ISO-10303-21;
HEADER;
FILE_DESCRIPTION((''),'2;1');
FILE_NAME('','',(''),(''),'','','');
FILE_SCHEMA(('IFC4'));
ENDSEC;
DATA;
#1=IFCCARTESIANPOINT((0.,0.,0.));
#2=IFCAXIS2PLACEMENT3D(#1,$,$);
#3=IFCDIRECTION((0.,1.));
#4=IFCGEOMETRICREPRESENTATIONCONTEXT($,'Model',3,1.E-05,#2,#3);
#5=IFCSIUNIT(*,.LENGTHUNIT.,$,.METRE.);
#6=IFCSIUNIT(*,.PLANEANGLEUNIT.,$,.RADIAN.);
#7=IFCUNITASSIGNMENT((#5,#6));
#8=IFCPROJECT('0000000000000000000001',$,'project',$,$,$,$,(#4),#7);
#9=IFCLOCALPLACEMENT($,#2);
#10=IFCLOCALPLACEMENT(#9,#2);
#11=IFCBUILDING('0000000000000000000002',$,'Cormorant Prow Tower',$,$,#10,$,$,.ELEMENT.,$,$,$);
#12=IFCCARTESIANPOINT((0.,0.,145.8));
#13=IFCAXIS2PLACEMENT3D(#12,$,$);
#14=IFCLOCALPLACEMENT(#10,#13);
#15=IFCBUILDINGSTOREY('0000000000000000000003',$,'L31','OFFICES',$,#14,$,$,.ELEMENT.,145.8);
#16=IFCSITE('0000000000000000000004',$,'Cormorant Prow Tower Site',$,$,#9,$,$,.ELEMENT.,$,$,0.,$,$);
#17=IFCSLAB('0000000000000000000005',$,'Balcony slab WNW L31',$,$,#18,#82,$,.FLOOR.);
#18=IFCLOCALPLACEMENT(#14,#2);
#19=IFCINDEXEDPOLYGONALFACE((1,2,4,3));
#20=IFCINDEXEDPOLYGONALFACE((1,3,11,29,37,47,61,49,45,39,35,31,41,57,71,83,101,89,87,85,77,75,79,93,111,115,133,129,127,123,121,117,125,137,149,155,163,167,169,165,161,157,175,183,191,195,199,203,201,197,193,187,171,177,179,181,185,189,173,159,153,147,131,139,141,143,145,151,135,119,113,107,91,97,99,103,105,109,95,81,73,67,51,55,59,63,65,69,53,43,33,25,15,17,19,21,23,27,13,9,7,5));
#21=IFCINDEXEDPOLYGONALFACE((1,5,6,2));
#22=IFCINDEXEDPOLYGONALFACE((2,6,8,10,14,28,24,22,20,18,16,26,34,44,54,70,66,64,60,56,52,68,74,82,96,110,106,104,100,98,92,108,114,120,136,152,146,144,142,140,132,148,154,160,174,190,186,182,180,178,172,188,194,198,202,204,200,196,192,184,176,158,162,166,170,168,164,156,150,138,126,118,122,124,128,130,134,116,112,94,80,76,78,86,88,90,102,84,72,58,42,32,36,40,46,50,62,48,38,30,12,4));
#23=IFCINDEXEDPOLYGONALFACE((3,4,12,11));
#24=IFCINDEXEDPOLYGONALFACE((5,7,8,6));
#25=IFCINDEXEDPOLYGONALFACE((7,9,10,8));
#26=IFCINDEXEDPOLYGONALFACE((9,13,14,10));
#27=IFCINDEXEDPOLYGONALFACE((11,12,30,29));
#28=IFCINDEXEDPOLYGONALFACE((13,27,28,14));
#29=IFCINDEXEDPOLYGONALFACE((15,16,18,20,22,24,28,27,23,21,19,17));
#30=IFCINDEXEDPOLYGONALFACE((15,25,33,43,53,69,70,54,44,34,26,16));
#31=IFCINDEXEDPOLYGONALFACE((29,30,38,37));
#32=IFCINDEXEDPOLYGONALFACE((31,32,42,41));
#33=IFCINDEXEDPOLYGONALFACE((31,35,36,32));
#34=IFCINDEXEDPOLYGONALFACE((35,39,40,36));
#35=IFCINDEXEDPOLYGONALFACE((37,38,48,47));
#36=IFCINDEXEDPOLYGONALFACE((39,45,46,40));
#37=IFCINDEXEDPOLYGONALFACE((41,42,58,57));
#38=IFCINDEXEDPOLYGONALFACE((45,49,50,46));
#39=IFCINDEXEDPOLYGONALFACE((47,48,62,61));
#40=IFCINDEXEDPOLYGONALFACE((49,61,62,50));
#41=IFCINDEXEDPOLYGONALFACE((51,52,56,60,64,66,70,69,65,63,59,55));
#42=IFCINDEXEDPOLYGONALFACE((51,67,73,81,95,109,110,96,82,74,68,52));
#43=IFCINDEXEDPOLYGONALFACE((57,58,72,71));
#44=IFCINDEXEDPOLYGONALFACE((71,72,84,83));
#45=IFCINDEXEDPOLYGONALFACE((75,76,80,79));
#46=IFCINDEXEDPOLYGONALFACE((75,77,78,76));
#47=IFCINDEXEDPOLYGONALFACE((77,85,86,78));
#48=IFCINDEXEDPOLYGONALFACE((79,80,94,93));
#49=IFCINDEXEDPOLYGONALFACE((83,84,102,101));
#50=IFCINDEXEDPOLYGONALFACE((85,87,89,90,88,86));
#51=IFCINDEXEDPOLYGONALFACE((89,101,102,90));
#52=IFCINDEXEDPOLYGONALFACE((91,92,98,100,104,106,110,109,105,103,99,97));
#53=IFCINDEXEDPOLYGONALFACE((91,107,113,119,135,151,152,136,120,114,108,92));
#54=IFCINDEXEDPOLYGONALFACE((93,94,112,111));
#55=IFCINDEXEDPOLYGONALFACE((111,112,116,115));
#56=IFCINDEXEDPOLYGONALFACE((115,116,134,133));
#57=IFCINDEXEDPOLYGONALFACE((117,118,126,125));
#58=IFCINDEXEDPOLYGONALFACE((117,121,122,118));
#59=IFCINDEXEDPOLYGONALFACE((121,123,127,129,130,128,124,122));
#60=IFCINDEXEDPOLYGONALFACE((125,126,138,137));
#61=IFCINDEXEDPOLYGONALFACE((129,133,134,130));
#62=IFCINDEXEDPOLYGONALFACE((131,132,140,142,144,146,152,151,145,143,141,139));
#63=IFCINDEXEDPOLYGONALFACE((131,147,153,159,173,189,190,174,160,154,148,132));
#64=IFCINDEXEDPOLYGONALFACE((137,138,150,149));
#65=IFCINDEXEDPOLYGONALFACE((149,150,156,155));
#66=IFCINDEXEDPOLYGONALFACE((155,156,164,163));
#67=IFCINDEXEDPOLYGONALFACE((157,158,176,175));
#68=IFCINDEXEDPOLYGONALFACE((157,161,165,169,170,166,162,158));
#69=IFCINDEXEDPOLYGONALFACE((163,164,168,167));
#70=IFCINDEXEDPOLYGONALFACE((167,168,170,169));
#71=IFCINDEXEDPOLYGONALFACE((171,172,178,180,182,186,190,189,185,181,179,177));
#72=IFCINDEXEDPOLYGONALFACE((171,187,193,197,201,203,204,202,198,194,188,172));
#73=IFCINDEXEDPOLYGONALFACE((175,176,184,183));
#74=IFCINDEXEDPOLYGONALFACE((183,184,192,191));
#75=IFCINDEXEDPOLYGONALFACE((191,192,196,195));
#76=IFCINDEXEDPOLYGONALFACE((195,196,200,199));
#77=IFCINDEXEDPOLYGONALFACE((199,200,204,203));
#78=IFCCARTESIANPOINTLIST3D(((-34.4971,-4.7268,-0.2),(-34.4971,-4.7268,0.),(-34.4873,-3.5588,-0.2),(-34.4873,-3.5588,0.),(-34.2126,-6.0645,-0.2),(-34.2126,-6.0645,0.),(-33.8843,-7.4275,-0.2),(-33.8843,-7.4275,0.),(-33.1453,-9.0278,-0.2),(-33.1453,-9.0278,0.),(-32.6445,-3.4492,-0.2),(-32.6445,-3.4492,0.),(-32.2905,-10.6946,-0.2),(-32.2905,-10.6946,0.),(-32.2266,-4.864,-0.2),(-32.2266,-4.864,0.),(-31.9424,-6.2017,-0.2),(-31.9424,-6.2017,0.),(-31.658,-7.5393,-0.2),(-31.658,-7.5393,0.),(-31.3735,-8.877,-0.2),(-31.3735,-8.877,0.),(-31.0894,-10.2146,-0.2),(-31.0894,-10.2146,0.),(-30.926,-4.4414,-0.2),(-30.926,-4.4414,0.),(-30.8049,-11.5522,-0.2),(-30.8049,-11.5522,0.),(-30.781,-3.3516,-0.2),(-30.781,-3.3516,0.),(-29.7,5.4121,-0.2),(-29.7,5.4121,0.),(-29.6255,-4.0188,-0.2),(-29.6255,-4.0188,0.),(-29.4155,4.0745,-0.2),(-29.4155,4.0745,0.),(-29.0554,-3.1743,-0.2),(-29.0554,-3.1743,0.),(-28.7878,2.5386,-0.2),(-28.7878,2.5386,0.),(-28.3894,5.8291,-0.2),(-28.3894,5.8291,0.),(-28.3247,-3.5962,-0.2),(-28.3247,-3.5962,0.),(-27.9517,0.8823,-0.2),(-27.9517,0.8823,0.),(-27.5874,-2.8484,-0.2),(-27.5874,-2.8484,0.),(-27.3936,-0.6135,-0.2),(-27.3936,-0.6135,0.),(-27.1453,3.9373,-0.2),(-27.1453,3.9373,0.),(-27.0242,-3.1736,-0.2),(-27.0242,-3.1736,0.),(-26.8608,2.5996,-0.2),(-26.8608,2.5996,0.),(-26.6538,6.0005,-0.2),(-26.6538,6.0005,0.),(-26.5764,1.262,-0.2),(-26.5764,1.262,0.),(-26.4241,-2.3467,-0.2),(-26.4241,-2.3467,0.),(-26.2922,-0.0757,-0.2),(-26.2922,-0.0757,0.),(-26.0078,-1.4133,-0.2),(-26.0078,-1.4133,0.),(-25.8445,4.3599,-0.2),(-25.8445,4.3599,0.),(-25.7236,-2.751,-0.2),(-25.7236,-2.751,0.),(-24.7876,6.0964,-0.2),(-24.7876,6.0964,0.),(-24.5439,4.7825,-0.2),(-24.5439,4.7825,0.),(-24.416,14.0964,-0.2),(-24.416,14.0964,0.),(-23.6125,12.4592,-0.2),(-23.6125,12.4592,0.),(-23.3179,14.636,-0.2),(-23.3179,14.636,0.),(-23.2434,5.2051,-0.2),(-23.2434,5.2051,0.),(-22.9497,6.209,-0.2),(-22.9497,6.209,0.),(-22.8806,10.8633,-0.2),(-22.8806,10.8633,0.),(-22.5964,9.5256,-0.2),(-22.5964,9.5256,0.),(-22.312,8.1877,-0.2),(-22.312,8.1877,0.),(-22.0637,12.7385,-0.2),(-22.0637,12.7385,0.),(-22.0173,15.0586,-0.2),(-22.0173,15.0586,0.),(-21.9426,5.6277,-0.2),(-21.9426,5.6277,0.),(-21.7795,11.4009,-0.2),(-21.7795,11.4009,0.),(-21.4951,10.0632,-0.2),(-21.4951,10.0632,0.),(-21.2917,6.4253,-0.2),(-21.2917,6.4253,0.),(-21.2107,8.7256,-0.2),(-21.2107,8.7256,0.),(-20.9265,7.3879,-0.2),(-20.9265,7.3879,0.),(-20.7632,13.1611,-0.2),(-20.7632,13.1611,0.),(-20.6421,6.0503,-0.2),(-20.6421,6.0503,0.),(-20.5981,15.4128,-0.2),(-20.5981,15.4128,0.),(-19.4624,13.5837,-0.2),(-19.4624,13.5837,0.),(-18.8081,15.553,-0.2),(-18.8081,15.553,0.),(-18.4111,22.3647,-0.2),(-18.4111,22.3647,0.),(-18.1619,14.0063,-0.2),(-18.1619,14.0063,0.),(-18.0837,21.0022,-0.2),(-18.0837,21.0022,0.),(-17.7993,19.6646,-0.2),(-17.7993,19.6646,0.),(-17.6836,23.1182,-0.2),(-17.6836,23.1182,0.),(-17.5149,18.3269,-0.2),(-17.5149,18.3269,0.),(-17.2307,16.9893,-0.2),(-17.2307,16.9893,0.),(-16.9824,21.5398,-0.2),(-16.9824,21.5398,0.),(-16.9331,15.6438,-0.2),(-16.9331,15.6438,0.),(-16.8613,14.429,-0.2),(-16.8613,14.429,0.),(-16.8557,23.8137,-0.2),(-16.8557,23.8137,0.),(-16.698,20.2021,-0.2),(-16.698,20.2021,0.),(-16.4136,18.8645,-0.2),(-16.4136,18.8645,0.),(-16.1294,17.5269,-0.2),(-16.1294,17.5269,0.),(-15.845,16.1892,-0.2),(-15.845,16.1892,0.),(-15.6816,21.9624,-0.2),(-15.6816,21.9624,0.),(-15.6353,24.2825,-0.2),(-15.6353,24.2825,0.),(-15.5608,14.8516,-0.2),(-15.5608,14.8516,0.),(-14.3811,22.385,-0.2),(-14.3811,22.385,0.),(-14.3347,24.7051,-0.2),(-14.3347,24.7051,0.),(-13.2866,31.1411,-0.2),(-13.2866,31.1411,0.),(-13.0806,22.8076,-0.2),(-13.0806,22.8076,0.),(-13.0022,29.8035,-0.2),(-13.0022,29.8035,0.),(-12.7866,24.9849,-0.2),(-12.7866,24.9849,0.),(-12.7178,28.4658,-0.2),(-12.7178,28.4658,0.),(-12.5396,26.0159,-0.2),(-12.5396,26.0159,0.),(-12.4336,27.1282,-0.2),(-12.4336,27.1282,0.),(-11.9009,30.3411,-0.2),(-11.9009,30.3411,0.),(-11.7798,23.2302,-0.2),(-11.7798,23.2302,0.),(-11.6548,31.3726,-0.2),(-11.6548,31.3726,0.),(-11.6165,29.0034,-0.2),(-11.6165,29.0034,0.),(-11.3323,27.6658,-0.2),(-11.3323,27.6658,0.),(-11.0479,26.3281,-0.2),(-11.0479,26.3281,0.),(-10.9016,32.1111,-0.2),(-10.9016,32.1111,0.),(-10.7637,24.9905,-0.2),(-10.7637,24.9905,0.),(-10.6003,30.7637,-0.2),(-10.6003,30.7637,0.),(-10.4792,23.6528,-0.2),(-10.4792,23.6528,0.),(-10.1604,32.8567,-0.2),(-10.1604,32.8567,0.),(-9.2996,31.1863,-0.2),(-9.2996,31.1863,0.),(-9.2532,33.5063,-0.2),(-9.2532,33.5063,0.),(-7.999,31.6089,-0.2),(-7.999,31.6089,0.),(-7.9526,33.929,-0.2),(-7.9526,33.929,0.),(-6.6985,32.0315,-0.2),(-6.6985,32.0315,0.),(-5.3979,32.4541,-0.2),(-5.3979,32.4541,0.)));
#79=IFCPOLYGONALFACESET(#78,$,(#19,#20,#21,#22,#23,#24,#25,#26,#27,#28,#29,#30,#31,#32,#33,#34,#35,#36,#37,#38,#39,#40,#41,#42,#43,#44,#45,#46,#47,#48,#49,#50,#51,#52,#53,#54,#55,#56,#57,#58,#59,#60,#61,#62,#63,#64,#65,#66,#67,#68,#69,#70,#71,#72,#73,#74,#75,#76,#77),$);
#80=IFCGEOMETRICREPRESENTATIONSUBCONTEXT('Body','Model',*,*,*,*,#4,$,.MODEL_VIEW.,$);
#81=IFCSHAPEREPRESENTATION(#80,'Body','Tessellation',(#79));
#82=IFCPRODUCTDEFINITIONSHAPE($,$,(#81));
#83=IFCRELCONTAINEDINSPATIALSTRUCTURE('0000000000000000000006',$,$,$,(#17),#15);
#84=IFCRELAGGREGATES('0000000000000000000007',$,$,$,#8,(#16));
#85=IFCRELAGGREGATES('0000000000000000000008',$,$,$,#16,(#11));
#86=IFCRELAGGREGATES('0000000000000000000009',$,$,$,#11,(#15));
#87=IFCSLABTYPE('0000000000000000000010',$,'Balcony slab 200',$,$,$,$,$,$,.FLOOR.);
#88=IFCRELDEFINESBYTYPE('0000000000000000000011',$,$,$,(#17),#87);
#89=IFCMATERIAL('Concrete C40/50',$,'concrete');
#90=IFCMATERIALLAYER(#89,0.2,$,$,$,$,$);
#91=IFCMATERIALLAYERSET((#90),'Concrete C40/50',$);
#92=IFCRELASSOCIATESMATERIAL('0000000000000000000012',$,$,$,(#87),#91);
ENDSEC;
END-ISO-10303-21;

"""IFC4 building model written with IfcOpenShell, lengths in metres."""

from ifc_helpers import new_model, si_unit, direction, frame, origin, place, context, subcontext, project, spatial, polyline, outline, extrude, material, layer, layer_set, type_object, element, save


model = new_model("IFC4")

# Units and contexts
model_context = context("Model", 3, precision=1e-05, world=origin(), true_north=direction((0.0, 1.0)))
body_context = subcontext(model_context, "Body", "Model", "MODEL_VIEW")
ifc_project = project(units=[si_unit("LENGTHUNIT", "METRE"), si_unit("PLANEANGLEUNIT", "RADIAN")], contexts=[model_context])

# Site, building, storey
site_placement = place(None, origin())
site = spatial("IfcSite", under=ifc_project, at=site_placement, Name="Cormorant Prow Tower Site", CompositionType="ELEMENT", RefElevation=0.0)
building_placement = place(site_placement, origin())
building = spatial("IfcBuilding", under=site, at=building_placement, Name="Cormorant Prow Tower", CompositionType="ELEMENT")
storey_placement = place(building_placement, frame((0.0, 0.0, 145.8)))
storey = spatial("IfcBuildingStorey", under=building, at=storey_placement, Name="L31", Description="OFFICES", CompositionType="ELEMENT", Elevation=145.8)

# Slab
ifc_material_1 = material(Name="Concrete C40/50", Category="concrete")
ifc_layer_1 = layer(ifc_material_1, 0.2)
ifc_layer_set_1 = layer_set([ifc_layer_1], Name="Concrete C40/50")
slab_type_1 = type_object("IfcSlabType", Name="Balcony slab 200", PredefinedType="FLOOR", material=ifc_layer_set_1)
slab_1_placement = place(storey_placement, frame((0.0, 0.0, -0.2)))
element("IfcSlab", 1, at=slab_1_placement, inside=storey, type_object=slab_type_1, Name="Balcony slab WNW L31", PredefinedType="FLOOR", context=body_context, shape_type="SweptSolid", body=[
    extrude(outline(polyline([(-5.3979, 32.4541), (-7.9526, 33.929), (-9.2532, 33.5063), (-10.1604, 32.8567), (-10.9016, 32.1111), (-11.6548, 31.3726), (-13.2866, 31.1411), (-13.0022, 29.8035), (-12.7178, 28.4658), (-12.4336, 27.1282), (-12.5396, 26.0159), (-12.7866, 24.9849), (-14.3347, 24.7051), (-15.6353, 24.2825), (-16.8557, 23.8137), (-17.6836, 23.1182), (-18.4111, 22.3647), (-18.0837, 21.0022), (-17.7993, 19.6646), (-17.5149, 18.3269), (-17.2307, 16.9893), (-16.9331, 15.6438), (-18.8081, 15.553), (-20.5981, 15.4128), (-22.0173, 15.0586), (-23.3179, 14.636), (-24.416, 14.0964), (-23.6125, 12.4592), (-22.8806, 10.8633), (-22.5964, 9.5256), (-22.312, 8.1877), (-21.2917, 6.4253), (-22.9497, 6.209), (-24.7876, 6.0964), (-26.6538, 6.0005), (-28.3894, 5.8291), (-29.7, 5.4121), (-29.4155, 4.0745), (-28.7878, 2.5386), (-27.9517, 0.8823), (-27.3936, -0.6135), (-26.4241, -2.3467), (-27.5874, -2.8484), (-29.0554, -3.1743), (-30.781, -3.3516), (-32.6445, -3.4492), (-34.4873, -3.5588), (-34.4971, -4.7268), (-34.2126, -6.0645), (-33.8843, -7.4275), (-33.1453, -9.0278), (-32.2905, -10.6946), (-30.8049, -11.5522), (-31.0894, -10.2146), (-31.3735, -8.877), (-31.658, -7.5393), (-31.9424, -6.2017), (-32.2266, -4.864), (-30.926, -4.4414), (-29.6255, -4.0188), (-28.3247, -3.5962), (-27.0242, -3.1736), (-25.7236, -2.751), (-26.0078, -1.4133), (-26.2922, -0.0757), (-26.5764, 1.262), (-26.8608, 2.5996), (-27.1453, 3.9373), (-25.8445, 4.3599), (-24.5439, 4.7825), (-23.2434, 5.2051), (-21.9426, 5.6277), (-20.6421, 6.0503), (-20.9265, 7.3879), (-21.2107, 8.7256), (-21.4951, 10.0632), (-21.7795, 11.4009), (-22.0637, 12.7385), (-20.7632, 13.1611), (-19.4624, 13.5837), (-18.1619, 14.0063), (-16.8613, 14.429), (-15.5608, 14.8516), (-15.845, 16.1892), (-16.1294, 17.5269), (-16.4136, 18.8645), (-16.698, 20.2021), (-16.9824, 21.5398), (-15.6816, 21.9624), (-14.3811, 22.385), (-13.0806, 22.8076), (-11.7798, 23.2302), (-10.4792, 23.6528), (-10.7637, 24.9905), (-11.0479, 26.3281), (-11.3323, 27.6658), (-11.6165, 29.0034), (-11.9009, 30.3411), (-10.6003, 30.7637), (-9.2996, 31.1863), (-7.999, 31.6089), (-6.6985, 32.0315), (-5.3979, 32.4541)])), origin(), (0.0, 0.0, 1.0), 0.2),
])

save(model, "model.ifc")
